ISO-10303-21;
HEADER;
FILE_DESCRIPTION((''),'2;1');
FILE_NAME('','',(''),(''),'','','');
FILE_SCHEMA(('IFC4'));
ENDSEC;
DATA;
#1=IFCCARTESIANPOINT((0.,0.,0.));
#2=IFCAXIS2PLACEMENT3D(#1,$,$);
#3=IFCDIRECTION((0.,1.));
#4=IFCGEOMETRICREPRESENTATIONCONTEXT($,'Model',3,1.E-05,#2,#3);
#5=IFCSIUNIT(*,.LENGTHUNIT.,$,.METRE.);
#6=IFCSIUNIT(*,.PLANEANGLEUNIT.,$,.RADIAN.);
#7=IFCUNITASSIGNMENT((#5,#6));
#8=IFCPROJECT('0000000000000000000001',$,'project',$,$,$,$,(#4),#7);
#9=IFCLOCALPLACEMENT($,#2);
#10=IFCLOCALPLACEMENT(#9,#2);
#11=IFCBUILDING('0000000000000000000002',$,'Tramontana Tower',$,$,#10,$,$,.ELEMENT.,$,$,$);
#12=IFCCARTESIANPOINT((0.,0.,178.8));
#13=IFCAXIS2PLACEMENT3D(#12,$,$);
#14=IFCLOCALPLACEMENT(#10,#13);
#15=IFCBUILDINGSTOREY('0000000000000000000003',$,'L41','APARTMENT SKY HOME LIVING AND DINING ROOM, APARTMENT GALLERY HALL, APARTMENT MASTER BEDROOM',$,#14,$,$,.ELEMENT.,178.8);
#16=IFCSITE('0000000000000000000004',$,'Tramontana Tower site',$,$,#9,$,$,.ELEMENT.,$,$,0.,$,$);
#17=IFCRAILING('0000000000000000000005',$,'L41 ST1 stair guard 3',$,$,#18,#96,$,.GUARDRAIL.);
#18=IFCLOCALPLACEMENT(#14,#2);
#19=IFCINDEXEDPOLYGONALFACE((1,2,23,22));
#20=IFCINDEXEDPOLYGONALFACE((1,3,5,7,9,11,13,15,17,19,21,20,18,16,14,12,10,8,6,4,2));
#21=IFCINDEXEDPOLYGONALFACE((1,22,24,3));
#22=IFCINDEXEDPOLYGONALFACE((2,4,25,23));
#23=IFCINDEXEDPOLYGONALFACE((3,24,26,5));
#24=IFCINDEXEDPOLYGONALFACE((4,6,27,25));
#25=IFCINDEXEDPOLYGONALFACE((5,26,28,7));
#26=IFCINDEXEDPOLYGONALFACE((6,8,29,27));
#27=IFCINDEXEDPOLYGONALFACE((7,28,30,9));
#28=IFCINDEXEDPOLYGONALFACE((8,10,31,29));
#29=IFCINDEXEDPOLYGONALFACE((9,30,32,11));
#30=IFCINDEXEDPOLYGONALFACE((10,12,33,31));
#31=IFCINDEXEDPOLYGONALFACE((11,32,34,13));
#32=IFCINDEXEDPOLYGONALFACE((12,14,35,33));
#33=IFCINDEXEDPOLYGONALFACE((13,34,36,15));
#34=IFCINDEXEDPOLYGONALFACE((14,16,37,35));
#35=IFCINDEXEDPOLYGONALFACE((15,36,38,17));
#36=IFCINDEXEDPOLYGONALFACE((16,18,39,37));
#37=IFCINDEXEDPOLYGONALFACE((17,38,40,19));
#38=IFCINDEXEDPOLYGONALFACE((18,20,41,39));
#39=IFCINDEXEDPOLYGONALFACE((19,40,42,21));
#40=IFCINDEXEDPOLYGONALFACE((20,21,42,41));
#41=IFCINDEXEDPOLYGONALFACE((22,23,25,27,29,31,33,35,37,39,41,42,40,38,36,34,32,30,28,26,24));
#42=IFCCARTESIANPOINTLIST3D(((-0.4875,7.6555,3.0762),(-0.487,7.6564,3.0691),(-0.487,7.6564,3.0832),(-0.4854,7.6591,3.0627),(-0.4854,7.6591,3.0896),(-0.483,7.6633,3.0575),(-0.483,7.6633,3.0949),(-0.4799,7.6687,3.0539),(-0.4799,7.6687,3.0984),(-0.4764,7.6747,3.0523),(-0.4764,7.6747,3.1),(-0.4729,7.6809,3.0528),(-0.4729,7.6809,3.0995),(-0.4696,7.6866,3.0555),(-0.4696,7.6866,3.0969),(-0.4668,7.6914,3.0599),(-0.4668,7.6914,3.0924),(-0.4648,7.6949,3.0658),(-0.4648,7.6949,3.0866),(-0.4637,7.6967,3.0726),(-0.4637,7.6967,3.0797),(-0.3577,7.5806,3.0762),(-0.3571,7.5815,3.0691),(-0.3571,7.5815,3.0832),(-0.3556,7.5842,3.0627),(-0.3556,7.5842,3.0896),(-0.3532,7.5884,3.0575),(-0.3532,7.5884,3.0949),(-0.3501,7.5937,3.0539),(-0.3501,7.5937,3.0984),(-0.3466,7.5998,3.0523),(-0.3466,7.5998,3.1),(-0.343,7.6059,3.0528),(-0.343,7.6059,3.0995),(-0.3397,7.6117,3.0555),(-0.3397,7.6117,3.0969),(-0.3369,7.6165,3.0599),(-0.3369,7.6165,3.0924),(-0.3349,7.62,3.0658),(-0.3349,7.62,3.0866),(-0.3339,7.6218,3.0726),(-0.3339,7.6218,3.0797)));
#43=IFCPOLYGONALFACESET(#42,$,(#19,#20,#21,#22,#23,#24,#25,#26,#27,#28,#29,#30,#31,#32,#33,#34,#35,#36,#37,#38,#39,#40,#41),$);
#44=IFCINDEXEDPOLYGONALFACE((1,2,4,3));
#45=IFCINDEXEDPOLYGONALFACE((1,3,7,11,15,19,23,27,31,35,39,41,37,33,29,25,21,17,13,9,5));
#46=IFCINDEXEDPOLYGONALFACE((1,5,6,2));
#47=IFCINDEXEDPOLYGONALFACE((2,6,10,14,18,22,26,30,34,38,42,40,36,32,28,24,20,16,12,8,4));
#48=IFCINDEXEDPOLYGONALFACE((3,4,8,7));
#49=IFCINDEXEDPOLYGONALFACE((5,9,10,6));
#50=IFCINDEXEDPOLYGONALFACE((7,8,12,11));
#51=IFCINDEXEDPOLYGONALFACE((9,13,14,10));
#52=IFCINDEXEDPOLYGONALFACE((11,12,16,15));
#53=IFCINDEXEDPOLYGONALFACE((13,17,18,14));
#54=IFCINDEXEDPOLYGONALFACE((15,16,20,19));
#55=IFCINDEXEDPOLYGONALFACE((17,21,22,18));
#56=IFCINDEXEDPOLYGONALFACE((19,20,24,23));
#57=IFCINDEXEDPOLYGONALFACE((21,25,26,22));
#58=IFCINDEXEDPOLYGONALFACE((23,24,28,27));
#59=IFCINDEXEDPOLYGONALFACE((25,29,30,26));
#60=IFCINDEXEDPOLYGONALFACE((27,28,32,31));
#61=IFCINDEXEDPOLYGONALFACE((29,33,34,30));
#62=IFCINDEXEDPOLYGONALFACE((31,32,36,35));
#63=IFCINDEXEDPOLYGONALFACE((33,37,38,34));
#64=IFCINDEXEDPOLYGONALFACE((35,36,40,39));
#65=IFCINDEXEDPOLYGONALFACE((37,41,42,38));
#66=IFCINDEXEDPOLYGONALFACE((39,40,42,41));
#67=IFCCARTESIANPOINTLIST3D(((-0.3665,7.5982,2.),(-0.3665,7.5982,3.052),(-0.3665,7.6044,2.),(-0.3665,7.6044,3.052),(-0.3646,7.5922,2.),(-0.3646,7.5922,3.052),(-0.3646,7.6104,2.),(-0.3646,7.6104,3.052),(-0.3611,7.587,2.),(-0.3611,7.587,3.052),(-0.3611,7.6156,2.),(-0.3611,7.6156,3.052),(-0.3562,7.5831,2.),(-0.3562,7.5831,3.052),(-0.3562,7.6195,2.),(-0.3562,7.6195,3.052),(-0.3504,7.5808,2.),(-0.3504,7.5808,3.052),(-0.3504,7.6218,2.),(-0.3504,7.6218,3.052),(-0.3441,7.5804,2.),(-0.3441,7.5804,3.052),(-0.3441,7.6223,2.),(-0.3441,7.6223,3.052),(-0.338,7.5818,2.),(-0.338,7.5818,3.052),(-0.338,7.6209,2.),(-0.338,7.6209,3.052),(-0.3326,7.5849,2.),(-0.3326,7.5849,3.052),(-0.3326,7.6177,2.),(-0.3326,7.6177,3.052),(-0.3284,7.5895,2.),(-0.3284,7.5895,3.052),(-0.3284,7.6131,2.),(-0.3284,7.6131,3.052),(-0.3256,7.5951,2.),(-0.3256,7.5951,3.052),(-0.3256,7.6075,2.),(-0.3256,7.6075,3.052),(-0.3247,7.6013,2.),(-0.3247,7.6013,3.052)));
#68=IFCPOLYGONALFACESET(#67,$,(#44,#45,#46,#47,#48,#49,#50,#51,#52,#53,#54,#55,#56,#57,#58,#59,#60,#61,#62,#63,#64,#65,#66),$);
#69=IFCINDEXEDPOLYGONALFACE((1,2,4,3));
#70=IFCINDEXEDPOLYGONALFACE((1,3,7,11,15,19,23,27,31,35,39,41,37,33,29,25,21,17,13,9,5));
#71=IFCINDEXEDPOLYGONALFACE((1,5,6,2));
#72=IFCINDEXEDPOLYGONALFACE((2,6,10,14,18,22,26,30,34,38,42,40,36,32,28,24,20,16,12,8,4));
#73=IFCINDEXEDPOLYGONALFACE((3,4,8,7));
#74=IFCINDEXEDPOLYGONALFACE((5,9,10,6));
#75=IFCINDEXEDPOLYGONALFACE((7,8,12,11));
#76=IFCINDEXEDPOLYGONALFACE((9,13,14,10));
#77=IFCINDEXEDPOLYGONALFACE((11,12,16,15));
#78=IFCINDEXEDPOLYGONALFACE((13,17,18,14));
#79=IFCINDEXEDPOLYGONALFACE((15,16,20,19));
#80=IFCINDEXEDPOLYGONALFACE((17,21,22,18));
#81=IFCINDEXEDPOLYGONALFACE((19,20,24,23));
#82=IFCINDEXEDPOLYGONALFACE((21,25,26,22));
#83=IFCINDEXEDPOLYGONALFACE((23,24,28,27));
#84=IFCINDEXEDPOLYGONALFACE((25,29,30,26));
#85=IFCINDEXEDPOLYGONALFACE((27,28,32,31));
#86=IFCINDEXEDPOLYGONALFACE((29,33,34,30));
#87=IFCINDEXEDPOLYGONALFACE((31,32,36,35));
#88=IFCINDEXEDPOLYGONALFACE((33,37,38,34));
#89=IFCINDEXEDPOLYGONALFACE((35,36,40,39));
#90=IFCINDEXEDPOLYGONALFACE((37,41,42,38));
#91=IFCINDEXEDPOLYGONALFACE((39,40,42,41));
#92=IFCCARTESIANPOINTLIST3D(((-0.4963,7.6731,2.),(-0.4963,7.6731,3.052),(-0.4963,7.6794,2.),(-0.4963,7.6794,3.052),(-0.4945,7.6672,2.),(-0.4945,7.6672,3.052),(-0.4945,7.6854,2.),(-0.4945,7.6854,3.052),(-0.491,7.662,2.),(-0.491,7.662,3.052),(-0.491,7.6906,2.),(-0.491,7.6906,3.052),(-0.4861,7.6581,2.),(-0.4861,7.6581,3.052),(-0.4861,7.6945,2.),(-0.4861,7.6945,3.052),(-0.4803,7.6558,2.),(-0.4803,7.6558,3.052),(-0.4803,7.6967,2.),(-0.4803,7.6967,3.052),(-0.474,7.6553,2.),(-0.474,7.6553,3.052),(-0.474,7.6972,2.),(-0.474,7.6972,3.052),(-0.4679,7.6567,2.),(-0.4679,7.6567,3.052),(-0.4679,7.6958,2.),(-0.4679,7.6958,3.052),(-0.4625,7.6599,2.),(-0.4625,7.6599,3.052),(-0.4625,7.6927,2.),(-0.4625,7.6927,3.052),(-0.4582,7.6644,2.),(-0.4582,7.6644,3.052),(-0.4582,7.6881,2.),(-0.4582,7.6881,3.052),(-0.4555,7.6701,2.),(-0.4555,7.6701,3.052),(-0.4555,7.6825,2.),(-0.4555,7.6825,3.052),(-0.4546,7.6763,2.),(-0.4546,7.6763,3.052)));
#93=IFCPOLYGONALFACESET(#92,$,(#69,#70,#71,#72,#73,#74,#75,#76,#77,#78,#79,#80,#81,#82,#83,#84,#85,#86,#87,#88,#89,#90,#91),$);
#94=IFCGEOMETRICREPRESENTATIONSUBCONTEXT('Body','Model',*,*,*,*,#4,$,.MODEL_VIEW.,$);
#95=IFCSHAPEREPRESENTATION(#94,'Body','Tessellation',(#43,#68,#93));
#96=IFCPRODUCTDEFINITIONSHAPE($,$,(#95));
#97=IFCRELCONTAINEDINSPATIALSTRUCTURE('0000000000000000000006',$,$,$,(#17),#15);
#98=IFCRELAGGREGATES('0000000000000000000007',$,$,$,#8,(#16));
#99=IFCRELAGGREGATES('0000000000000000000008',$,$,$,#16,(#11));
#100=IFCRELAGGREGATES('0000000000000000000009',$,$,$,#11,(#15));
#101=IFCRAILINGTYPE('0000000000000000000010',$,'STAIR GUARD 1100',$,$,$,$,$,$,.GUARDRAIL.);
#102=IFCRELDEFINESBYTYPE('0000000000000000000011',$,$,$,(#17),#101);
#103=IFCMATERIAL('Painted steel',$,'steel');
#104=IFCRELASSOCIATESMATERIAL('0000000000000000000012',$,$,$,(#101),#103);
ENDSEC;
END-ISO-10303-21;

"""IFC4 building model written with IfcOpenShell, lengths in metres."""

from ifc_helpers import new_model, si_unit, direction, frame, origin, origin_2d, place, context, subcontext, project, spatial, circle, extrude, material, type_object, element, save


model = new_model("IFC4")

# Units and contexts
model_context = context("Model", 3, precision=1e-05, world=origin(), true_north=direction((0.0, 1.0)))
body_context = subcontext(model_context, "Body", "Model", "MODEL_VIEW")
ifc_project = project(units=[si_unit("LENGTHUNIT", "METRE"), si_unit("PLANEANGLEUNIT", "RADIAN")], contexts=[model_context])

# Site, building, storey
site_placement = place(None, origin())
site = spatial("IfcSite", under=ifc_project, at=site_placement, Name="Tramontana Tower site", CompositionType="ELEMENT", RefElevation=0.0)
building_placement = place(site_placement, origin())
building = spatial("IfcBuilding", under=site, at=building_placement, Name="Tramontana Tower", CompositionType="ELEMENT")
storey_placement = place(building_placement, frame((0.0, 0.0, 178.8)))
storey = spatial("IfcBuildingStorey", under=building, at=storey_placement, Name="L41", Description="APARTMENT SKY HOME LIVING AND DINING ROOM, APARTMENT GALLERY HALL, APARTMENT MASTER BEDROOM", CompositionType="ELEMENT", Elevation=178.8)

# Railing
ifc_material_1 = material(Name="Painted steel", Category="steel")
railing_type = type_object("IfcRailingType", Name="STAIR GUARD 1100", PredefinedType="GUARDRAIL", material=ifc_material_1)
railing_1_placement = place(storey_placement, frame((-0.3457, 7.6013, 2.0)))
element("IfcRailing", 1, at=railing_1_placement, inside=storey, type_object=railing_type, Name="L41 ST1 stair guard 3", PredefinedType="GUARDRAIL", context=body_context, shape_type="SweptSolid", body=[
    extrude(circle(Radius=0.0239, at=origin_2d()), frame((0.0, 0.0, 1.0762), z_axis=(-0.866131, 0.499816, 0.0), x_axis=(-0.499816, -0.866131, 0.0)), (0.0, 0.0, 1.0), 0.1499),
    extrude(circle(Radius=0.021, at=origin_2d()), origin(), (0.0, 0.0, 1.0), 1.052),
    extrude(circle(Radius=0.021, at=origin_2d()), frame((-0.1299, 0.075, 0.0)), (0.0, 0.0, 1.0), 1.052),
])

save(model, "model.ifc")
